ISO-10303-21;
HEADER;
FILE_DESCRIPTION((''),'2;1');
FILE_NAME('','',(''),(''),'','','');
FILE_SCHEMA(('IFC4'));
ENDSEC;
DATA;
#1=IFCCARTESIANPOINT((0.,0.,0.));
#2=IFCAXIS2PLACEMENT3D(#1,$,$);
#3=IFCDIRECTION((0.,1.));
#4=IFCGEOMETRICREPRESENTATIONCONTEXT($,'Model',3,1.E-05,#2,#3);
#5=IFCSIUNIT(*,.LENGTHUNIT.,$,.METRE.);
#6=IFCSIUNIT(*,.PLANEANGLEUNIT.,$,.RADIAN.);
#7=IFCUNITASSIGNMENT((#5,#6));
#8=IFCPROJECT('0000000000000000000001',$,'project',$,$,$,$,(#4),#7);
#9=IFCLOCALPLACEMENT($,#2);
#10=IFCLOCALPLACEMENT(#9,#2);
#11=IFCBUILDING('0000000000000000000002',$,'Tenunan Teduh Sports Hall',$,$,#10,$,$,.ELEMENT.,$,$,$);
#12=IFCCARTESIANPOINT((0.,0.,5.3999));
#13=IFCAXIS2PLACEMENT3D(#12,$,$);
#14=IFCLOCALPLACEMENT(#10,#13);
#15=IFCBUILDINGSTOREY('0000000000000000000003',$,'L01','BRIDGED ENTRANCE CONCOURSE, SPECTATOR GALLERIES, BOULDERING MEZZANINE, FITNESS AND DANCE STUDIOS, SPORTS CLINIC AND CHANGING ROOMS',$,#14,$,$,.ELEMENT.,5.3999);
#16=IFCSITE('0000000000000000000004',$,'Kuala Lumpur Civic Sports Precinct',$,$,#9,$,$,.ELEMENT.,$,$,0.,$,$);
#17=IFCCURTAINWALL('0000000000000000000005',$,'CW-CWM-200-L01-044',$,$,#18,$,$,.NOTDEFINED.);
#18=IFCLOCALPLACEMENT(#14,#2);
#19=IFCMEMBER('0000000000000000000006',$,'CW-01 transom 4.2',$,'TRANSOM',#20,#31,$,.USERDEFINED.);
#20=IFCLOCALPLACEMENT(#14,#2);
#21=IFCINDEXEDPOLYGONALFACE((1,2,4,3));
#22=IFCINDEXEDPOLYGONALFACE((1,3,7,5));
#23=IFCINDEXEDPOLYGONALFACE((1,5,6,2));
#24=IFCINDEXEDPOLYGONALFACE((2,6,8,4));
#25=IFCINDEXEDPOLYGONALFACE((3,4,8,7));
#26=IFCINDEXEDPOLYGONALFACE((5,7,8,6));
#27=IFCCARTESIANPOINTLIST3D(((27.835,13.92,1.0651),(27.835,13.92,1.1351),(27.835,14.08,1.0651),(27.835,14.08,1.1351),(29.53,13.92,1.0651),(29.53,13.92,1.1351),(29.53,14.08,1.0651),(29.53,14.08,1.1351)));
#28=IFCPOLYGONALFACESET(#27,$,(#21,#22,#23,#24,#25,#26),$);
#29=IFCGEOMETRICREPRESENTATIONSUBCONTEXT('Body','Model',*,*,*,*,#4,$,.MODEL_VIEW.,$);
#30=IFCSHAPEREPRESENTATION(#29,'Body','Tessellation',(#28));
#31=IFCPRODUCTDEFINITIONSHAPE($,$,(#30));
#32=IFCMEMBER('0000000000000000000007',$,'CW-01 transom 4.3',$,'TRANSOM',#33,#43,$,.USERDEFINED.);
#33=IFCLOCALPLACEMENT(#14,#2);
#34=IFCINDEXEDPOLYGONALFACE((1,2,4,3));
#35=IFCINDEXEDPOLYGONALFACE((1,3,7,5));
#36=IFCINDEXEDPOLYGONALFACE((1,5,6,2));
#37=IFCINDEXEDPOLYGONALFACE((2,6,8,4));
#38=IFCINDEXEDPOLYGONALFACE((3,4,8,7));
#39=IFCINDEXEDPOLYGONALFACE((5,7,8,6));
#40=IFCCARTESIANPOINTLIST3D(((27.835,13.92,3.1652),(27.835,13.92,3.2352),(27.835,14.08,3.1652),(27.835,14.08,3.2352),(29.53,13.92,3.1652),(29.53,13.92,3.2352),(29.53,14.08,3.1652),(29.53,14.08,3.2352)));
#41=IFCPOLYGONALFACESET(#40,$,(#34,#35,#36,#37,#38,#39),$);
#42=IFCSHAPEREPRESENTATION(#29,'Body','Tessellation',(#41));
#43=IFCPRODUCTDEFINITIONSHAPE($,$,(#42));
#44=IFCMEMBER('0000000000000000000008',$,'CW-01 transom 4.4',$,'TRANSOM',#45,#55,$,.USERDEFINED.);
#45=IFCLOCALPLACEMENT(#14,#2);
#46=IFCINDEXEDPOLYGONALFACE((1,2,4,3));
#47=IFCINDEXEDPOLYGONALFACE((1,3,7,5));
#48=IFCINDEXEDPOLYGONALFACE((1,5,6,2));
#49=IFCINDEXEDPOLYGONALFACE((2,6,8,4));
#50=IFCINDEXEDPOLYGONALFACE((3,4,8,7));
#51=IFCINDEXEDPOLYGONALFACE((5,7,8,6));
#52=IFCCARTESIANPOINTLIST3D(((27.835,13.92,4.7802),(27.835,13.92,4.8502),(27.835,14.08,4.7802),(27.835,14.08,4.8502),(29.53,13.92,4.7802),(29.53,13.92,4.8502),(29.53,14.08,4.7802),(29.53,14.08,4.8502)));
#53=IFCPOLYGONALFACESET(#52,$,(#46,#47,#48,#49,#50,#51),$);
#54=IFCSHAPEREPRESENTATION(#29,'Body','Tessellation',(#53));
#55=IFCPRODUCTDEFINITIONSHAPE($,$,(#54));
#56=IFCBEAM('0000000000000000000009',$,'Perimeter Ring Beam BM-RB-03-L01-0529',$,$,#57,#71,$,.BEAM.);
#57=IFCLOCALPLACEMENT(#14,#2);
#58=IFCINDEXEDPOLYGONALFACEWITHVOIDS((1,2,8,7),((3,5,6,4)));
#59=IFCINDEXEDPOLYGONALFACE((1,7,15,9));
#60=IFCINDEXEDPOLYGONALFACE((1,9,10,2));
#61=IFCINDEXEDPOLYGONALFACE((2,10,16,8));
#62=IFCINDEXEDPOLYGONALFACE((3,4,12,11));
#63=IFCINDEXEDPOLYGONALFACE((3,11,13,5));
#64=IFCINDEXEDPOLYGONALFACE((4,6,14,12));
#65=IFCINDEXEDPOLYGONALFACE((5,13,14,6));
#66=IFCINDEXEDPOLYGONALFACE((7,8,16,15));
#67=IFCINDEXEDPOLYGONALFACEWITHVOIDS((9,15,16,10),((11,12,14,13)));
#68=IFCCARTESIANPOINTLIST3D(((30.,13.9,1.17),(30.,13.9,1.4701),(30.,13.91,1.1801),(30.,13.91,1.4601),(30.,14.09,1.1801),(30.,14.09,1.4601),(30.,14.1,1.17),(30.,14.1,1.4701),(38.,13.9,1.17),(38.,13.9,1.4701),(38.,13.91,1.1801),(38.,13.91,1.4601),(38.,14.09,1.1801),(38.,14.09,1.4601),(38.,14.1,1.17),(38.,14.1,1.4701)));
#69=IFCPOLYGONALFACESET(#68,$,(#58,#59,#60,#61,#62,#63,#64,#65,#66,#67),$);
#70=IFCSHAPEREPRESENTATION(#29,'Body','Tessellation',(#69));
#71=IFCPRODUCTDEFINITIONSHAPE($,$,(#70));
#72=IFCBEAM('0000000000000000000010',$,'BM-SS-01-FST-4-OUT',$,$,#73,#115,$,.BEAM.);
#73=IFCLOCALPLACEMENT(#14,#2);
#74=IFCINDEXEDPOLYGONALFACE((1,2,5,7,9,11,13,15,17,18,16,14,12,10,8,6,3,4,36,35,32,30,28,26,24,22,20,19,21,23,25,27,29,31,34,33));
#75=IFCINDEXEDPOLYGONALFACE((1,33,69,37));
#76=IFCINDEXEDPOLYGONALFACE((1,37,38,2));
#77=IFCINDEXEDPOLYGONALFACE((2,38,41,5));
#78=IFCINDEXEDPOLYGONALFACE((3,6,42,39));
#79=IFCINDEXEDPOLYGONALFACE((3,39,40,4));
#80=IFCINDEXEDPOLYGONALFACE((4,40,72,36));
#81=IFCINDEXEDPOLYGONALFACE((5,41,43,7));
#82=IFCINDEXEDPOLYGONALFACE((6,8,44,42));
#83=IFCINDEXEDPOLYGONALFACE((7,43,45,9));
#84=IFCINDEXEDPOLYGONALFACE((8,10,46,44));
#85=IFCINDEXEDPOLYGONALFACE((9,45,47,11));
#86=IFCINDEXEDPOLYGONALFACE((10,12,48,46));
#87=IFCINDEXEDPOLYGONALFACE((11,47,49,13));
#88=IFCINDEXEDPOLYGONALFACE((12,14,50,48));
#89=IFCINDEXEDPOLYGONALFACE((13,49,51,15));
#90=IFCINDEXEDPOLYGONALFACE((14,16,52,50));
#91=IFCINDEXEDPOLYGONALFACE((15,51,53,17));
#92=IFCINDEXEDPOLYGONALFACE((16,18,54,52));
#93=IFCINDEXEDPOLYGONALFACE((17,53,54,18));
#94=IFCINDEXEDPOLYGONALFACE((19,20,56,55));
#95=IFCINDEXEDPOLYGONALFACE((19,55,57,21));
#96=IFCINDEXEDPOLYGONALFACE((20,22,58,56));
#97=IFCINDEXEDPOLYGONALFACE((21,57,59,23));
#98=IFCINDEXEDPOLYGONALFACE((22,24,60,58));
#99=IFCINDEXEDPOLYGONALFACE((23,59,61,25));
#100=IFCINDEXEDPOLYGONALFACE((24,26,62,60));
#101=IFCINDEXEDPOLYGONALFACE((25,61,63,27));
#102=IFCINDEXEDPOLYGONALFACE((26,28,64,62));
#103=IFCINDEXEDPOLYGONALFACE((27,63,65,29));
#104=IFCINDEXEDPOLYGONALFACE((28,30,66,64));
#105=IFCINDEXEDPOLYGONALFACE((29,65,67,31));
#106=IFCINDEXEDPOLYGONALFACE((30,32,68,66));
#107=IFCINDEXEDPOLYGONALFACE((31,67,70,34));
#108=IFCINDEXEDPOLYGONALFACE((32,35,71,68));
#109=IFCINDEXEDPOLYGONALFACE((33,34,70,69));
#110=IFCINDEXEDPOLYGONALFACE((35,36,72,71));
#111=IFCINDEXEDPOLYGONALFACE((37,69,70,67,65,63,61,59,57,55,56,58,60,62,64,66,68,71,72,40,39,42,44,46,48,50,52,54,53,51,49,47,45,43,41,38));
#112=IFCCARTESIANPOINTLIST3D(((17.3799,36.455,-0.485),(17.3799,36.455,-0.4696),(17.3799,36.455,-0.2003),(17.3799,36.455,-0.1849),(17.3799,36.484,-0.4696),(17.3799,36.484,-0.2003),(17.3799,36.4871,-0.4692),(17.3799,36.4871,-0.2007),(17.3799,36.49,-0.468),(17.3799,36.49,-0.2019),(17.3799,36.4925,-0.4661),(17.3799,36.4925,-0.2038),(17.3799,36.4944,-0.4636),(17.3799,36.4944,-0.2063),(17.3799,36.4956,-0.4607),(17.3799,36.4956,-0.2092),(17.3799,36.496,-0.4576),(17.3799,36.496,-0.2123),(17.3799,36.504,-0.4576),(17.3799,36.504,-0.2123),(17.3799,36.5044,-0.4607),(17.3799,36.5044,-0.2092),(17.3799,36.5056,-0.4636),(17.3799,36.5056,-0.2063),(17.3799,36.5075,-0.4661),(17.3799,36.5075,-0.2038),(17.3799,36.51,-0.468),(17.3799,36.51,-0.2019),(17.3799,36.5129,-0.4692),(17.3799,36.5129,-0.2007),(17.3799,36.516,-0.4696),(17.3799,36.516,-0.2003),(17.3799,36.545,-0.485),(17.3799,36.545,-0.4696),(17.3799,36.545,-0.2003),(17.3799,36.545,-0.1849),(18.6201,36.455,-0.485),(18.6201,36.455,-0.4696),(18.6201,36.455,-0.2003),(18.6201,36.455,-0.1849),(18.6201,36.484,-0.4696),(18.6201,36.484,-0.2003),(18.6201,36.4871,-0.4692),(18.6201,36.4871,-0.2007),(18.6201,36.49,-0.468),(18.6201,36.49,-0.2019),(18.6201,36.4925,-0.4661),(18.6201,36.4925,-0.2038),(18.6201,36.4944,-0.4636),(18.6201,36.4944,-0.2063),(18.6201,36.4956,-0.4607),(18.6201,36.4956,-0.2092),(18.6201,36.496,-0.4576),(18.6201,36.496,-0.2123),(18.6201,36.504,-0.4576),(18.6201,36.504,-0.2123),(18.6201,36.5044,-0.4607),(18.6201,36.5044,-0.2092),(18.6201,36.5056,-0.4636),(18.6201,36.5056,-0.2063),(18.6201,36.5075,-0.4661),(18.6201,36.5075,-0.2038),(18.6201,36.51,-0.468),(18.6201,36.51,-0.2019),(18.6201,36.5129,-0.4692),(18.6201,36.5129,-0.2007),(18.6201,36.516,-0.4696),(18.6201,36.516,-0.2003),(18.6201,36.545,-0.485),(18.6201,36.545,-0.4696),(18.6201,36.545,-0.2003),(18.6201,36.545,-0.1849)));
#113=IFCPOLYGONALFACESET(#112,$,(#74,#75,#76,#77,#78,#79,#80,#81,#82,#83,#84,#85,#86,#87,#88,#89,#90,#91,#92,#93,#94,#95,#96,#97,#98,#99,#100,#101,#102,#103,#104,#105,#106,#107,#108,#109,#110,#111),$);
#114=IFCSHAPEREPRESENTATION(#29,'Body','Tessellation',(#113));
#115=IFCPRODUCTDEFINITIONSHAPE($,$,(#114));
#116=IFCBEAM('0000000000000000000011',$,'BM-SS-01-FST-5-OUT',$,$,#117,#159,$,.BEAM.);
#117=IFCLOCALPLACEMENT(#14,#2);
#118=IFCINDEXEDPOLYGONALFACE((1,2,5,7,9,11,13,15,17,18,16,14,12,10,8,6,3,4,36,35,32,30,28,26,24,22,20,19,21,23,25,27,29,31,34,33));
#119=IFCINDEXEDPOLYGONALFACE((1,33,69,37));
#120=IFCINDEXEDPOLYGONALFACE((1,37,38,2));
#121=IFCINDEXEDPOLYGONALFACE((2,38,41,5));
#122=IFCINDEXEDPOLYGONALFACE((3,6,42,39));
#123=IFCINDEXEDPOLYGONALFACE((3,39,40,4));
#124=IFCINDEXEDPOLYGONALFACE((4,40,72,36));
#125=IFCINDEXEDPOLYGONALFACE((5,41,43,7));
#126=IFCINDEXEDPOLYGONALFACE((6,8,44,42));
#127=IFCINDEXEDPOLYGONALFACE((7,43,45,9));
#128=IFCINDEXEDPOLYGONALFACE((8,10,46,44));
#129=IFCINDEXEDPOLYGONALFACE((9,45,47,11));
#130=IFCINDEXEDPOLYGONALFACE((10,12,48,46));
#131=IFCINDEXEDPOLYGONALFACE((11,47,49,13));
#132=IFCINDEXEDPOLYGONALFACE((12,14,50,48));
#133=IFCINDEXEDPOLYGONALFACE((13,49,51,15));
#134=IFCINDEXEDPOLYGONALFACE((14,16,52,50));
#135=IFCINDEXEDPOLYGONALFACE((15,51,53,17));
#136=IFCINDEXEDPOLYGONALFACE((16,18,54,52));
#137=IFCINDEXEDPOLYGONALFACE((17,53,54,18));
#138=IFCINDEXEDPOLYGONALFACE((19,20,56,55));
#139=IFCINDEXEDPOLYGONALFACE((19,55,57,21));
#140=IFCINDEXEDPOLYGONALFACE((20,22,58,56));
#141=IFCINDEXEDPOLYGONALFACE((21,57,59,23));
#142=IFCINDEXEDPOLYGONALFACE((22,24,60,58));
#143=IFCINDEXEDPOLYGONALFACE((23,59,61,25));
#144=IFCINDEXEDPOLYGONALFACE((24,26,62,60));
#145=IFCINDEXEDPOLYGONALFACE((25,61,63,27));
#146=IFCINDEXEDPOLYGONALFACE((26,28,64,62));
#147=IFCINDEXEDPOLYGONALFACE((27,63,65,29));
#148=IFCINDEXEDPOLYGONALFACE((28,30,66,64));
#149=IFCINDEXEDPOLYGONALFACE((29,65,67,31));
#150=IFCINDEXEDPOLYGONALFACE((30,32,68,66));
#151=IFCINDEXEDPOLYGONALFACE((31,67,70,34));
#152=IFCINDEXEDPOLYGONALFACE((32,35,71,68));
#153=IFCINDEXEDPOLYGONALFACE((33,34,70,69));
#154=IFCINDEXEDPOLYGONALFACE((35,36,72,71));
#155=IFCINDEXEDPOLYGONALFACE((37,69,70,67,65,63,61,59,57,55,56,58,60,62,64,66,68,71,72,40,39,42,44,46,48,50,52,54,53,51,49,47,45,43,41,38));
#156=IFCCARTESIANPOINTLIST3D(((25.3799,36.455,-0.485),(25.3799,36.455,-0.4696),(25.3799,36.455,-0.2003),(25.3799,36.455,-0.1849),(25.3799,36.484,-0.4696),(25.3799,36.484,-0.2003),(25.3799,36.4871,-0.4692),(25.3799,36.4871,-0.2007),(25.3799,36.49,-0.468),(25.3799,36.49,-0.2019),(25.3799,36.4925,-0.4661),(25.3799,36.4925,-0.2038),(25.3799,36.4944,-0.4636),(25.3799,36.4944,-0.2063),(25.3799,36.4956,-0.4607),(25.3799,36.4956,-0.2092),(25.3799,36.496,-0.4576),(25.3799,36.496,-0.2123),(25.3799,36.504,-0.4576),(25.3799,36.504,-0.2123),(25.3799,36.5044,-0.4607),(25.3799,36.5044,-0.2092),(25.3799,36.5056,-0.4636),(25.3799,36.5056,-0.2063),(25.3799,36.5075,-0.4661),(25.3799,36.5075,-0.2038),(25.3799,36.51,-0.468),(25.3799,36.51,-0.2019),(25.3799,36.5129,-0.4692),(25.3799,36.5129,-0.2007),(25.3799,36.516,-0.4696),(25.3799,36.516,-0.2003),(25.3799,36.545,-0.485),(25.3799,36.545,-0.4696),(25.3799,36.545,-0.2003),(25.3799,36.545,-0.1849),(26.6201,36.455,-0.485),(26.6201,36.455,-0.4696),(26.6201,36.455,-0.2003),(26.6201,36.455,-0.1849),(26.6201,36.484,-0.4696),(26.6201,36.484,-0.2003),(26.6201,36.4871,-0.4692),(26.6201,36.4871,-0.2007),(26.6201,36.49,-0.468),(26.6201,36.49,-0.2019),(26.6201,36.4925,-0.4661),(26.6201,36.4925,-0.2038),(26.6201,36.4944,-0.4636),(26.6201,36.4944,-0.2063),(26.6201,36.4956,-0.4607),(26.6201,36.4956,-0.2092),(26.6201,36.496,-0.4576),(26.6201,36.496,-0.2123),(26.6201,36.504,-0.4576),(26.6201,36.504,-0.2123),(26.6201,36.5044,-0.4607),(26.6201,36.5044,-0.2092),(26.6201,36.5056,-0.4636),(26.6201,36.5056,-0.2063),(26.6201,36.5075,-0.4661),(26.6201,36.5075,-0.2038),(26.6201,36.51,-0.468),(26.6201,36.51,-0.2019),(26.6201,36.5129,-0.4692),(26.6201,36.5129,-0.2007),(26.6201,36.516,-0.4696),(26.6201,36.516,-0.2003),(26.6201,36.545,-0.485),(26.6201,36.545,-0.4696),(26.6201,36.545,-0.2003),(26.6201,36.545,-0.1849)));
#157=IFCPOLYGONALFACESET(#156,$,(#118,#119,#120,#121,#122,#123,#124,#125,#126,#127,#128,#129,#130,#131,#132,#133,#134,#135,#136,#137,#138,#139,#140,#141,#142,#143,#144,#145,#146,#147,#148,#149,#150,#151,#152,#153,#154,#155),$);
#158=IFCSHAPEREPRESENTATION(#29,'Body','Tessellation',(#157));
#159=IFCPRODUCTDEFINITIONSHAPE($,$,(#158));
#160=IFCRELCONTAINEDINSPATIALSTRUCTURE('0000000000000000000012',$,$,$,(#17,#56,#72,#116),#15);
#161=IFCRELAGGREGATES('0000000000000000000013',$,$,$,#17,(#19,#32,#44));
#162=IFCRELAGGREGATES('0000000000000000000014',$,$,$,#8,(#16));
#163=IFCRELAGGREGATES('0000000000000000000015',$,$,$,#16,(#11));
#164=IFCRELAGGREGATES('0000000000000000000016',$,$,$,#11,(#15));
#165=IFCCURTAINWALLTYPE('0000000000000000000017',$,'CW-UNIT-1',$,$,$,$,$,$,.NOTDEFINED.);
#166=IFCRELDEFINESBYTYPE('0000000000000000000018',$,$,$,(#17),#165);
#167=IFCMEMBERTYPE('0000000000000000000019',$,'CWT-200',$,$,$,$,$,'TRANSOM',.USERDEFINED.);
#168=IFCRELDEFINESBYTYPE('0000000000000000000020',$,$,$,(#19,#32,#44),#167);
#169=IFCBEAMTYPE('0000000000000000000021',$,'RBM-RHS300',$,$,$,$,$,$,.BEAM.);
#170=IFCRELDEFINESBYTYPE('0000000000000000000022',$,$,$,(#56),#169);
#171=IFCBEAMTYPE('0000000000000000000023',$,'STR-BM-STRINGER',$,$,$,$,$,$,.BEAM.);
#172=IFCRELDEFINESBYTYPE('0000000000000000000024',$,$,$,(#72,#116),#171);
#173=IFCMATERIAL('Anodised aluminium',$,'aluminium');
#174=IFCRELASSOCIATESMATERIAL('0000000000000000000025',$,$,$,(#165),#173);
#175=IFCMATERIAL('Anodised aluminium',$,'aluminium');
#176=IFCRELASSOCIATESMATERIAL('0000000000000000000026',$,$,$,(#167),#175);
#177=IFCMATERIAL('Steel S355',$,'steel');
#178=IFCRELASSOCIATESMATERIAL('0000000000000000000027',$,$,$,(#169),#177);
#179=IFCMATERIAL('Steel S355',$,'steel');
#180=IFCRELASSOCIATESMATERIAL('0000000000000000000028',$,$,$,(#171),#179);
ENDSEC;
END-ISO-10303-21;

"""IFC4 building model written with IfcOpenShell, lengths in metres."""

from ifc_helpers import new_model, si_unit, direction, frame, origin, origin_2d, place, context, subcontext, project, spatial, rectangle, hollow_rectangle, i_section, extrude, material, material_profile, profile_set, type_object, element, aggregate, save


model = new_model("IFC4")

# Units and contexts
model_context = context("Model", 3, precision=1e-05, world=origin(), true_north=direction((0.0, 1.0)))
body_context = subcontext(model_context, "Body", "Model", "MODEL_VIEW")
ifc_project = project(units=[si_unit("LENGTHUNIT", "METRE"), si_unit("PLANEANGLEUNIT", "RADIAN")], contexts=[model_context])

# Site, building, storey
site_placement = place(None, origin())
site = spatial("IfcSite", under=ifc_project, at=site_placement, Name="Kuala Lumpur Civic Sports Precinct", CompositionType="ELEMENT", RefElevation=0.0)
building_placement = place(site_placement, origin())
building = spatial("IfcBuilding", under=site, at=building_placement, Name="Tenunan Teduh Sports Hall", CompositionType="ELEMENT")
storey_placement = place(building_placement, frame((0.0, 0.0, 5.3999)))
storey = spatial("IfcBuildingStorey", under=building, at=storey_placement, Name="L01", Description="BRIDGED ENTRANCE CONCOURSE, SPECTATOR GALLERIES, BOULDERING MEZZANINE, FITNESS AND DANCE STUDIOS, SPORTS CLINIC AND CHANGING ROOMS", CompositionType="ELEMENT", Elevation=5.3999)

# Curtain wall, members
ifc_material_1 = material(Name="Anodised aluminium", Category="aluminium")
curtain_wall_type = type_object("IfcCurtainWallType", Name="CW-UNIT-1", PredefinedType="NOTDEFINED", material=ifc_material_1)
curtain_wall_placement = place(storey_placement, origin())
curtain_wall = element("IfcCurtainWall", 1, at=curtain_wall_placement, inside=storey, type_object=curtain_wall_type, Name="CW-CWM-200-L01-044", PredefinedType="NOTDEFINED")
ifc_material_2 = material(Name="Anodised aluminium", Category="aluminium")
ifc_material_profile_1 = material_profile(ifc_material_2, rectangle(XDim=0.0701, YDim=0.1599, at=origin_2d()), Name="CWT 70x160")
ifc_profile_set_1 = profile_set([ifc_material_profile_1], Name="Anodised aluminium")
member_type_1 = type_object("IfcMemberType", Name="CWT-200", ElementType="TRANSOM", PredefinedType="USERDEFINED", material=ifc_profile_set_1)
member_1_placement = place(storey_placement, frame((27.835, 14.0, 1.1001), z_axis=(1.0, 0.0, 0.0), x_axis=(0.0, 0.0, 1.0)))
member_1 = element("IfcMember", 2, at=member_1_placement, type_object=member_type_1, Name="CW-01 transom 4.2", ObjectType="TRANSOM", PredefinedType="USERDEFINED", context=body_context, shape_type="SweptSolid", body=[
    extrude(rectangle(XDim=0.0701, YDim=0.1599, at=origin_2d()), origin(), (0.0, 0.0, 1.0), 1.6951),
])
member_2_placement = place(storey_placement, frame((27.835, 14.0, 3.2002), z_axis=(1.0, 0.0, 0.0), x_axis=(0.0, 0.0, 1.0)))
member_2 = element("IfcMember", 3, at=member_2_placement, type_object=member_type_1, Name="CW-01 transom 4.3", ObjectType="TRANSOM", PredefinedType="USERDEFINED", context=body_context, shape_type="SweptSolid", body=[
    extrude(rectangle(XDim=0.0701, YDim=0.1599, at=origin_2d()), origin(), (0.0, 0.0, 1.0), 1.6951),
])
member_3_placement = place(storey_placement, frame((27.835, 14.0, 4.8152), z_axis=(1.0, 0.0, 0.0), x_axis=(0.0, 0.0, 1.0)))
member_3 = element("IfcMember", 4, at=member_3_placement, type_object=member_type_1, Name="CW-01 transom 4.4", ObjectType="TRANSOM", PredefinedType="USERDEFINED", context=body_context, shape_type="SweptSolid", body=[
    extrude(rectangle(XDim=0.0701, YDim=0.1599, at=origin_2d()), origin(), (0.0, 0.0, 1.0), 1.6951),
])

# Beams
ifc_material_3 = material(Name="Steel S355", Category="steel")
ifc_material_profile_2 = material_profile(ifc_material_3, hollow_rectangle(XDim=0.2, YDim=0.3, WallThickness=0.01, at=origin_2d()), Name="RHS 300x200x10.0")
ifc_profile_set_2 = profile_set([ifc_material_profile_2], Name="Steel S355")
beam_type_1 = type_object("IfcBeamType", Name="RBM-RHS300", PredefinedType="BEAM", material=ifc_profile_set_2)
beam_placement = place(storey_placement, frame((30.0, 14.0, 1.3201), z_axis=(1.0, 0.0, 0.0), x_axis=(0.0, 1.0, 0.0)))
element("IfcBeam", 5, at=beam_placement, inside=storey, type_object=beam_type_1, Name="Perimeter Ring Beam BM-RB-03-L01-0529", PredefinedType="BEAM", context=body_context, shape_type="SweptSolid", body=[
    extrude(hollow_rectangle(XDim=0.2, YDim=0.3, WallThickness=0.01, at=origin_2d()), origin(), (0.0, 0.0, 1.0), 8.0),
])
ifc_material_4 = material(Name="Steel S355", Category="steel")
ifc_material_profile_3 = material_profile(ifc_material_4, i_section(OverallWidth=0.0901, OverallDepth=0.3, WebThickness=0.0081, FlangeThickness=0.0154, FilletRadius=0.012, at=origin_2d()), Name="PFC 300x90")
ifc_profile_set_3 = profile_set([ifc_material_profile_3], Name="Steel S355")
beam_type_2 = type_object("IfcBeamType", Name="STR-BM-STRINGER", PredefinedType="BEAM", material=ifc_profile_set_3)
for number, where, z_axis, x_axis, name in (
    (6, (17.3799, 36.5, -0.335), (1.0, 0.0, 0.0), (0.0, 1.0, 0.0), "BM-SS-01-FST-4-OUT"),
    (7, (25.3799, 36.5, -0.335), (1.0, 0.0, 0.0), (0.0, 1.0, 0.0), "BM-SS-01-FST-5-OUT"),
):
    element("IfcBeam", number, at=place(storey_placement, frame(where, z_axis=z_axis, x_axis=x_axis)), inside=storey, type_object=beam_type_2, Name=name, PredefinedType="BEAM", context=body_context, shape_type="SweptSolid", body=[
        extrude(i_section(OverallWidth=0.0901, OverallDepth=0.3, WebThickness=0.0081, FlangeThickness=0.0154, FilletRadius=0.012, at=origin_2d()), origin(), (0.0, 0.0, 1.0), 1.2402),
    ])

aggregate(curtain_wall, [member_1, member_2, member_3])

save(model, "model.ifc")
